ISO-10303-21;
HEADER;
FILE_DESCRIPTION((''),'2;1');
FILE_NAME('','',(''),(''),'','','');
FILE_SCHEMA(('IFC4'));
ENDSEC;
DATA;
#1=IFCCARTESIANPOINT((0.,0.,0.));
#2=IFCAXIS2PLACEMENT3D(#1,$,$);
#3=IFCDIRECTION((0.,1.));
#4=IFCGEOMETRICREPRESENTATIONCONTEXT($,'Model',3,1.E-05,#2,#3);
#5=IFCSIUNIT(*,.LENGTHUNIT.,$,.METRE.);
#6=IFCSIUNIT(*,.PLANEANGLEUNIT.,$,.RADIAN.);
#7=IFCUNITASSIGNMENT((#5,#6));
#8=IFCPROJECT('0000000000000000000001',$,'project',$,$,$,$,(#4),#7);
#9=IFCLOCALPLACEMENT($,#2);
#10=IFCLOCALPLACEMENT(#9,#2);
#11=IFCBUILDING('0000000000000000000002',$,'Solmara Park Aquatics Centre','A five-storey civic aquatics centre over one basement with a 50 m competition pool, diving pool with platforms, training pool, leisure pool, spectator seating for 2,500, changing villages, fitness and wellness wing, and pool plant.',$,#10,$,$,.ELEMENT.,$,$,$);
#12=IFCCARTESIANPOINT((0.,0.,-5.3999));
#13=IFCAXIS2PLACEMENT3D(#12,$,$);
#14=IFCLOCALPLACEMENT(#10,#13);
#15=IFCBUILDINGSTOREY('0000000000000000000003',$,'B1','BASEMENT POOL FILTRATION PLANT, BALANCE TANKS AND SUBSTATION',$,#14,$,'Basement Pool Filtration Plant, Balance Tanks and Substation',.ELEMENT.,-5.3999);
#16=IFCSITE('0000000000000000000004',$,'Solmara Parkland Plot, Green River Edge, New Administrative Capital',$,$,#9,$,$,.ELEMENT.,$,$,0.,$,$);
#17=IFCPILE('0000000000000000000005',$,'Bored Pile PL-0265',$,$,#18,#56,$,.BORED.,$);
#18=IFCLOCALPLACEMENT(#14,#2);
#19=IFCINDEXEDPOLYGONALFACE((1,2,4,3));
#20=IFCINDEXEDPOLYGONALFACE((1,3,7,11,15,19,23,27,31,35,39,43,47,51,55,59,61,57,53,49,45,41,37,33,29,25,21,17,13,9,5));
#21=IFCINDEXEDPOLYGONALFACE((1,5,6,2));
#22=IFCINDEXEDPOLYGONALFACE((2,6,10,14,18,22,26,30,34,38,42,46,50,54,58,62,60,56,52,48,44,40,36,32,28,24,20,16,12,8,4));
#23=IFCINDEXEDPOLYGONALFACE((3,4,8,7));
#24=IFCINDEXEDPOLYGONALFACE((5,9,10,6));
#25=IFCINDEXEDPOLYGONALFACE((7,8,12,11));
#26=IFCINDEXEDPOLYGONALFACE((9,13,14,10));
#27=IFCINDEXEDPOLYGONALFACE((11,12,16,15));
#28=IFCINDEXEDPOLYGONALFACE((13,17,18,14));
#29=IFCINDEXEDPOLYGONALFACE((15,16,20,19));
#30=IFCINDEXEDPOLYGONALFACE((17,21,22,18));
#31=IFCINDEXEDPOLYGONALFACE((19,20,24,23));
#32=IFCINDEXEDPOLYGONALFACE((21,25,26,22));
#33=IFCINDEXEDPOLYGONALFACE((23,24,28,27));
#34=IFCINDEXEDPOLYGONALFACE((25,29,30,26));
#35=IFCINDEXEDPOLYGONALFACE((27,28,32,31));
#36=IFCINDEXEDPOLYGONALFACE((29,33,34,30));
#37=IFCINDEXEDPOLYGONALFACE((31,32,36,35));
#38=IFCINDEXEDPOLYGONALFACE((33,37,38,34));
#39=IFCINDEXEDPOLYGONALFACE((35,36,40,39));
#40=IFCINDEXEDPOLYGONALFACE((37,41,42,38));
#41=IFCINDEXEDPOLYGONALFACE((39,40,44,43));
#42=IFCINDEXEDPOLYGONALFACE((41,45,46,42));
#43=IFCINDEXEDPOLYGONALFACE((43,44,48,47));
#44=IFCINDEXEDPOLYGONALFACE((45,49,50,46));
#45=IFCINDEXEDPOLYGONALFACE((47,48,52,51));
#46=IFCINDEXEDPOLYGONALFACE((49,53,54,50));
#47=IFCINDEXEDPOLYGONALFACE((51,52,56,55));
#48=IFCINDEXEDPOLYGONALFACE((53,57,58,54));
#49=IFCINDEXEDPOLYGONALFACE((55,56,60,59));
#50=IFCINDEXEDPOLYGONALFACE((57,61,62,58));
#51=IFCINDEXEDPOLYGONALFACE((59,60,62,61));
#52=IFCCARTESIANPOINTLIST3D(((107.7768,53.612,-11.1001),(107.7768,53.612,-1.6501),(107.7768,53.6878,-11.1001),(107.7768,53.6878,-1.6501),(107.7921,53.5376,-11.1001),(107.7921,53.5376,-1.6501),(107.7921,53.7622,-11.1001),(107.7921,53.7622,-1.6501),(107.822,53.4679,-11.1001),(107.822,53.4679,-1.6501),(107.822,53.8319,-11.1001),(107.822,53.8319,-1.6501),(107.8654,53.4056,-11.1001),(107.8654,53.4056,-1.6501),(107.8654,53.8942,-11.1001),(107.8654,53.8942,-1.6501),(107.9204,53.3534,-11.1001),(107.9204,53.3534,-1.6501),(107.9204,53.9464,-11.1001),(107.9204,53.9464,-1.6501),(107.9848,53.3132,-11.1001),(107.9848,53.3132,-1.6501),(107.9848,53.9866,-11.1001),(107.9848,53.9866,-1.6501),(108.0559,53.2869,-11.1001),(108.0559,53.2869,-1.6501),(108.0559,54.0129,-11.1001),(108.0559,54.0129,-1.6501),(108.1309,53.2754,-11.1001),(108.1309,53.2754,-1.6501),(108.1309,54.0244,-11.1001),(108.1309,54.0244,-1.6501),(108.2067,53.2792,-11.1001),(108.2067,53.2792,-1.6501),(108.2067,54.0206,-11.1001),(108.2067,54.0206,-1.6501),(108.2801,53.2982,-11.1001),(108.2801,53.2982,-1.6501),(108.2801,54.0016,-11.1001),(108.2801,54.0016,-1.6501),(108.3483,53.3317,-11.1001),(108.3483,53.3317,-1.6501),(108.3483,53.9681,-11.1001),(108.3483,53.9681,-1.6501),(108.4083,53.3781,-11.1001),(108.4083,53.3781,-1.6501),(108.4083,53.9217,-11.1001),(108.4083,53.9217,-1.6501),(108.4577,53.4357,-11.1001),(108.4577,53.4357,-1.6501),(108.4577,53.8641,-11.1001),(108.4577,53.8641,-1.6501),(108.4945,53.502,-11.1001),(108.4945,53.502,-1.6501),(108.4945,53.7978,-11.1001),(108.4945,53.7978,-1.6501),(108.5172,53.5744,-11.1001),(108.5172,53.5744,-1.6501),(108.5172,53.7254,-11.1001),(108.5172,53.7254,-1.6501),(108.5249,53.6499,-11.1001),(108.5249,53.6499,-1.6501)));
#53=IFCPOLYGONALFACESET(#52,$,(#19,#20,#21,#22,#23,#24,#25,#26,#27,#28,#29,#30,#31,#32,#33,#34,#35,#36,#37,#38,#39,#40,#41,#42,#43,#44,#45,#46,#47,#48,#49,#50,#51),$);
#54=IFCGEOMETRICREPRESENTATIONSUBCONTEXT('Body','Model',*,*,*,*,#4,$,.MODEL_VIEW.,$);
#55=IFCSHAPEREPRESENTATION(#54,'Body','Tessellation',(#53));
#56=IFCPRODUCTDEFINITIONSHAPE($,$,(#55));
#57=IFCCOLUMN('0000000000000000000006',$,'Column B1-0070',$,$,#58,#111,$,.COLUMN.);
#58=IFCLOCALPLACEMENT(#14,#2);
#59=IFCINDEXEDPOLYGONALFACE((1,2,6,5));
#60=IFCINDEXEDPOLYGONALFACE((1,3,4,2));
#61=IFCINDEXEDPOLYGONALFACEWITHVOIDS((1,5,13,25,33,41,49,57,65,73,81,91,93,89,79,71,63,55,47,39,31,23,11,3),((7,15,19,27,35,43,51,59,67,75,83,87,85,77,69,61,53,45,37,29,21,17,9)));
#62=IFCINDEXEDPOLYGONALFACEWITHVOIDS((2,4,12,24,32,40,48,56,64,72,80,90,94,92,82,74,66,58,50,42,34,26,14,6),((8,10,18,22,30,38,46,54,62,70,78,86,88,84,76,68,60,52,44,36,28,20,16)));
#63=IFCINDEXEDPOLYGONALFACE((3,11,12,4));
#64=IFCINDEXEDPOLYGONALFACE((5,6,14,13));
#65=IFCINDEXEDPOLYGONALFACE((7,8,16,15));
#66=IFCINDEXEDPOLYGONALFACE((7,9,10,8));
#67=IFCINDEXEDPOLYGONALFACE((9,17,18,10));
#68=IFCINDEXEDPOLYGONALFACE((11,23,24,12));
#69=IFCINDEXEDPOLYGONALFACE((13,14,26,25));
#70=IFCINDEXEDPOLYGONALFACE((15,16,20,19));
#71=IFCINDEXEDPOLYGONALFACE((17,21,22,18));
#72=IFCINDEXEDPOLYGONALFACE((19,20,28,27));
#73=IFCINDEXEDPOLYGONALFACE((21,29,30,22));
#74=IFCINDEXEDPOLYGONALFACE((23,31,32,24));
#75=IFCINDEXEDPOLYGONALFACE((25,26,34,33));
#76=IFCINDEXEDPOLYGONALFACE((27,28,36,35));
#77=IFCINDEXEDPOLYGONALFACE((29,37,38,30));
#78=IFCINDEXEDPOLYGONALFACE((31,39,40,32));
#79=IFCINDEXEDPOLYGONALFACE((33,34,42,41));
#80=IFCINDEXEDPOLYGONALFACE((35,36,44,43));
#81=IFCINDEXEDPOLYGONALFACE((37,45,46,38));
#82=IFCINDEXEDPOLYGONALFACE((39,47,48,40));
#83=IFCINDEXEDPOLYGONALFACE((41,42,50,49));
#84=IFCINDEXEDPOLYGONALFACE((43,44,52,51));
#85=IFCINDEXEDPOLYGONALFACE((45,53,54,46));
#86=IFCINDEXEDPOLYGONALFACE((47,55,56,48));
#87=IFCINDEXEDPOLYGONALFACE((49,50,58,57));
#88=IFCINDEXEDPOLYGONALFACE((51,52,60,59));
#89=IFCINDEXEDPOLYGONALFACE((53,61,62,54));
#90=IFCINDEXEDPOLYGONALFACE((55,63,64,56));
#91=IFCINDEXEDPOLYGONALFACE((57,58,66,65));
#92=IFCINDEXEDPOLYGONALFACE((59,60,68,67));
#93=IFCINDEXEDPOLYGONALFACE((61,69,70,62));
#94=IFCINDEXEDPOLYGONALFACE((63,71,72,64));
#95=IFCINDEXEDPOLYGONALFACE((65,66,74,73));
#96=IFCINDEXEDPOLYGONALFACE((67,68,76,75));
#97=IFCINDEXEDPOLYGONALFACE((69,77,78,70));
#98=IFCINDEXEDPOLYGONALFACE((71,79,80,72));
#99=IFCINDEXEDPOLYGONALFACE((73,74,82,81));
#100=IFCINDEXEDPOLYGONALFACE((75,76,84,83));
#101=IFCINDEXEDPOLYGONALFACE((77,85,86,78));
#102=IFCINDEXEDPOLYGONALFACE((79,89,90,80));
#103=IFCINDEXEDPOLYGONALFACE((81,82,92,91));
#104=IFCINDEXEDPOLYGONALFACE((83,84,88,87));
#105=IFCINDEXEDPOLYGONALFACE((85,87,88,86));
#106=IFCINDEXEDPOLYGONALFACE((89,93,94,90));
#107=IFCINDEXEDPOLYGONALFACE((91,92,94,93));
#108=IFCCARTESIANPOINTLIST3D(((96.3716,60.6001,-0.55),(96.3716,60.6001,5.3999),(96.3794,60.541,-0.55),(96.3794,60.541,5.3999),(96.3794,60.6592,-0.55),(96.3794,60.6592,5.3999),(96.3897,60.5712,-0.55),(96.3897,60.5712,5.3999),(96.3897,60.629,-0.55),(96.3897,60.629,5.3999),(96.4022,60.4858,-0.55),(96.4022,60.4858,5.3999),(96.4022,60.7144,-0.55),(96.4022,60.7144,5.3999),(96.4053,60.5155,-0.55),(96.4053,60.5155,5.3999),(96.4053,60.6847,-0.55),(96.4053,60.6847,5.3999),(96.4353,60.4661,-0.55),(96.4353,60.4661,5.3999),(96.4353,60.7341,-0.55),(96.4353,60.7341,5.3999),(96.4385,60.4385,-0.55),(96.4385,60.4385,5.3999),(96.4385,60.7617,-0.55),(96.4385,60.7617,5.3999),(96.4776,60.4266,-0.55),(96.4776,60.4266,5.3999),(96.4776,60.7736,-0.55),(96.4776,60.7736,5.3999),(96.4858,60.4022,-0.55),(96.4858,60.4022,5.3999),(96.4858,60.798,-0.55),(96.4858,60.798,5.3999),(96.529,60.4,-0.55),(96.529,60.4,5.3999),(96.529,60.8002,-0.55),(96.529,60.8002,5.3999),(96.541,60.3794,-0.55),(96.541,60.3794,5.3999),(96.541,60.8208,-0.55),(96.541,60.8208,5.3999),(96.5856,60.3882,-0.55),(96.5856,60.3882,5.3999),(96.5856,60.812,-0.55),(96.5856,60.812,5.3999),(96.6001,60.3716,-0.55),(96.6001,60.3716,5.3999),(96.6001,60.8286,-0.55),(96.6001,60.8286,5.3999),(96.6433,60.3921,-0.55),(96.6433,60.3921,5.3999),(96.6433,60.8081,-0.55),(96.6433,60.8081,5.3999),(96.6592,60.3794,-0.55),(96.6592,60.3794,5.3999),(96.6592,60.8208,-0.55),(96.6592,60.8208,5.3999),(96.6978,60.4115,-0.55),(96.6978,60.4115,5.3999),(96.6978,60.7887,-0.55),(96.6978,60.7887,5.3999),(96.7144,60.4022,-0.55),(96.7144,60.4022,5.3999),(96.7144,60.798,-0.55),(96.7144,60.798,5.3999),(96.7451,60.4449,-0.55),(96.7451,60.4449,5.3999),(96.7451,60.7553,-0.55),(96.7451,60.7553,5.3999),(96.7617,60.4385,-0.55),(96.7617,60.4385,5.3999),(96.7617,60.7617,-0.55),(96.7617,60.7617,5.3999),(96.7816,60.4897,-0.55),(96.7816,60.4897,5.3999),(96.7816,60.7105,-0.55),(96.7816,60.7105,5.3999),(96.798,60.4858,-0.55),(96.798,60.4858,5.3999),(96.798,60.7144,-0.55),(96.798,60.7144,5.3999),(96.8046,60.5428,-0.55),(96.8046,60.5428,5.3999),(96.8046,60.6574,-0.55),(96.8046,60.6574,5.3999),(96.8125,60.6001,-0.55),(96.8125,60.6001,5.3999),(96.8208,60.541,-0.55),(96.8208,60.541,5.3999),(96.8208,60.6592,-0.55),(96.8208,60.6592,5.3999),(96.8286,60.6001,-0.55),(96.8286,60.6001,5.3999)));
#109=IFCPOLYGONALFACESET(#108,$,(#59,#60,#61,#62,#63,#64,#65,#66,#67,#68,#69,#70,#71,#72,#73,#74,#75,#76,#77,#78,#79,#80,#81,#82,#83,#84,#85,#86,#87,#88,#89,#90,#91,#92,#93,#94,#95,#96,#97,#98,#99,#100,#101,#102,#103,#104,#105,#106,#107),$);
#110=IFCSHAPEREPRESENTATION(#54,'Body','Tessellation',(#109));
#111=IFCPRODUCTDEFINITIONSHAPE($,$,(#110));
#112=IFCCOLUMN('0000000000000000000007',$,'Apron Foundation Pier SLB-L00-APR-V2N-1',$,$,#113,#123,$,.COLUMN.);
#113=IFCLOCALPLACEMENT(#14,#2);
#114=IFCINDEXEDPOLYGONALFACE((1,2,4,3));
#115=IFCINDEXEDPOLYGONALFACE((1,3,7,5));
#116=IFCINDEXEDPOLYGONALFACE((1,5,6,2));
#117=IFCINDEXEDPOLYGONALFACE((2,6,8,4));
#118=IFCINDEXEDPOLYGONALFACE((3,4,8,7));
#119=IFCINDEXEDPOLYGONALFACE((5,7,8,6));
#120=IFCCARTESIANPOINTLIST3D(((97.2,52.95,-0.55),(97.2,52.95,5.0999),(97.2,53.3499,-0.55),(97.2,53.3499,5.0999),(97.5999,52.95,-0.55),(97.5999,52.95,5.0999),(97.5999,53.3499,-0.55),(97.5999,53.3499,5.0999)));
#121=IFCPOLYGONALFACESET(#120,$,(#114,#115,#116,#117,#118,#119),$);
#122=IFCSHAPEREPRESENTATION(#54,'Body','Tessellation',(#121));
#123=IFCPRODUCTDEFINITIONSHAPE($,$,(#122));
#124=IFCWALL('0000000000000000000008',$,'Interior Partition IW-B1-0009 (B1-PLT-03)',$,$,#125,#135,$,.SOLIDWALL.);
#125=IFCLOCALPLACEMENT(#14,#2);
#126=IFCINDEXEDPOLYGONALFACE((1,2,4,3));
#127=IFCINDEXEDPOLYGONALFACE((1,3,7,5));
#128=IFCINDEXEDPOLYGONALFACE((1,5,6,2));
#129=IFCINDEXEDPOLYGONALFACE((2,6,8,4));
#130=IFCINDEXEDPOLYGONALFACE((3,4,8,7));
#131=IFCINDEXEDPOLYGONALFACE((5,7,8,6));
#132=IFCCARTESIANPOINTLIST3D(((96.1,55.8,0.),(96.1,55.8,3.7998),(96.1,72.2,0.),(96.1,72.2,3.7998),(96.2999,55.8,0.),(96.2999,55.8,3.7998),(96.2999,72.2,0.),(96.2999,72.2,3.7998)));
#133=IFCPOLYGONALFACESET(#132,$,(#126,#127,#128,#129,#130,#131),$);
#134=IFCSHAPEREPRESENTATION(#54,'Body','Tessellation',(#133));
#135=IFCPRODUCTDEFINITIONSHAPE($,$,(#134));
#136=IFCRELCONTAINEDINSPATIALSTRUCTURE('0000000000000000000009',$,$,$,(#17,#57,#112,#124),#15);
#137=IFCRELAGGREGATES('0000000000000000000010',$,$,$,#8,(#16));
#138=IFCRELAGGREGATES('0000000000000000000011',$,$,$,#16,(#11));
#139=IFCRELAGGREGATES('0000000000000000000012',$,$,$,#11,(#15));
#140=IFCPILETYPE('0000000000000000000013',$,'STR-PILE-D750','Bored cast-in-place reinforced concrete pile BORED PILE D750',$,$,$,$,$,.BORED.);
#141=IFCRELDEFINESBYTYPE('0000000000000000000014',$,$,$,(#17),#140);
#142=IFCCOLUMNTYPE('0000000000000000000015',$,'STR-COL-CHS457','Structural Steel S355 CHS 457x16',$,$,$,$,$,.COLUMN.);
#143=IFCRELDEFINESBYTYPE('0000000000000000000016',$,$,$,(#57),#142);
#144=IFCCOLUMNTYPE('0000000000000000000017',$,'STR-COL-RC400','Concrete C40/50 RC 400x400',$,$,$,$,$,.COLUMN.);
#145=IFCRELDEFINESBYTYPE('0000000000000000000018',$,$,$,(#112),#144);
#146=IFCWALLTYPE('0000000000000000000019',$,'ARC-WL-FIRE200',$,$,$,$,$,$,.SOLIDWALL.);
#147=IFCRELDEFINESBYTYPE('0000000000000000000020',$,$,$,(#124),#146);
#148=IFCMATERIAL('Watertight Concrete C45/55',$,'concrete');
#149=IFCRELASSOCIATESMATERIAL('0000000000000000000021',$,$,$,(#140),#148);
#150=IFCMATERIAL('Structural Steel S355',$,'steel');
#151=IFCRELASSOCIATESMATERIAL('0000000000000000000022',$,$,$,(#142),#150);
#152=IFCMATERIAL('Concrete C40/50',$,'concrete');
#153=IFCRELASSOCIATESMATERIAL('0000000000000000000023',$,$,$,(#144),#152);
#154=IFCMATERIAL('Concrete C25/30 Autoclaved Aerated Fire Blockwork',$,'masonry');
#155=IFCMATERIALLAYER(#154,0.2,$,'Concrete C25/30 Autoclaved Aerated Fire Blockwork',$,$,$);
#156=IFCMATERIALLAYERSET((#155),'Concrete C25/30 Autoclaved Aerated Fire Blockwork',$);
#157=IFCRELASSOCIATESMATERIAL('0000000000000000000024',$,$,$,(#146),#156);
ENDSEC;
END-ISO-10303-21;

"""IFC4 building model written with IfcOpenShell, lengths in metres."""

from ifc_helpers import new_model, si_unit, direction, frame, frame_2d, origin, origin_2d, place, context, subcontext, project, spatial, rectangle, circle, hollow_circle, extrude, material, layer, layer_set, material_profile, profile_set, type_object, element, save


model = new_model("IFC4")

# Units and contexts
model_context = context("Model", 3, precision=1e-05, world=origin(), true_north=direction((0.0, 1.0)))
body_context = subcontext(model_context, "Body", "Model", "MODEL_VIEW")
ifc_project = project(units=[si_unit("LENGTHUNIT", "METRE"), si_unit("PLANEANGLEUNIT", "RADIAN")], contexts=[model_context])

# Site, building, storey
site_placement = place(None, origin())
site = spatial("IfcSite", under=ifc_project, at=site_placement, Name="Solmara Parkland Plot, Green River Edge, New Administrative Capital", CompositionType="ELEMENT", RefElevation=0.0)
building_placement = place(site_placement, origin())
building = spatial("IfcBuilding", under=site, at=building_placement, Name="Solmara Park Aquatics Centre", Description="A five-storey civic aquatics centre over one basement with a 50 m competition pool, diving pool with platforms, training pool, leisure pool, spectator seating for 2,500, changing villages, fitness and wellness wing, and pool plant.", CompositionType="ELEMENT")
storey_placement = place(building_placement, frame((0.0, 0.0, -5.3999)))
storey = spatial("IfcBuildingStorey", under=building, at=storey_placement, Name="B1", Description="BASEMENT POOL FILTRATION PLANT, BALANCE TANKS AND SUBSTATION", LongName="Basement Pool Filtration Plant, Balance Tanks and Substation", CompositionType="ELEMENT", Elevation=-5.3999)

# Shared definitions
ifc_material_1 = material(Name="Watertight Concrete C45/55", Category="concrete")

# Pile
ifc_material_profile_1 = material_profile(ifc_material_1, circle(Radius=0.375, at=origin_2d()), Name="BORED PILE D750")
ifc_profile_set_1 = profile_set([ifc_material_profile_1], Name="Watertight Concrete C45/55")
pile_type_1 = type_object("IfcPileType", Name="STR-PILE-D750", Description="Bored cast-in-place reinforced concrete pile BORED PILE D750", PredefinedType="BORED", material=ifc_profile_set_1)
for number, where, z_axis, x_axis, name in (
    (1, (108.1499, 53.6499, -1.6501), (0.0, 0.0, -1.0), (1.0, 0.0, 0.0), "Bored Pile PL-0265"),
):
    element("IfcPile", number, at=place(storey_placement, frame(where, z_axis=z_axis, x_axis=x_axis)), inside=storey, type_object=pile_type_1, Name=name, PredefinedType="BORED", context=body_context, shape_type="SweptSolid", body=[
        extrude(circle(Radius=0.375, at=origin_2d()), origin(), (0.0, 0.0, 1.0), 9.45),
    ])

# Columns
ifc_material_2 = material(Name="Structural Steel S355", Category="steel")
ifc_material_profile_2 = material_profile(ifc_material_2, hollow_circle(Radius=0.2285, WallThickness=0.0161, at=origin_2d()), Name="CHS 457x16")
ifc_profile_set_2 = profile_set([ifc_material_profile_2], Name="Structural Steel S355")
column_type_1 = type_object("IfcColumnType", Name="STR-COL-CHS457", Description="Structural Steel S355 CHS 457x16", PredefinedType="COLUMN", material=ifc_profile_set_2)
column_1_placement = place(storey_placement, frame((96.6001, 60.6001, -0.55), z_axis=(0.0, 0.0, 1.0), x_axis=(1.0, 0.0, 0.0)))
element("IfcColumn", 2, at=column_1_placement, inside=storey, type_object=column_type_1, Name="Column B1-0070", PredefinedType="COLUMN", context=body_context, shape_type="SweptSolid", body=[
    extrude(hollow_circle(Radius=0.2285, WallThickness=0.0161, at=origin_2d()), origin(), (0.0, 0.0, 1.0), 5.95),
])
ifc_material_3 = material(Name="Concrete C40/50", Category="concrete")
ifc_material_profile_3 = material_profile(ifc_material_3, rectangle(XDim=0.3999, YDim=0.3999, at=origin_2d()), Name="RC 400x400")
ifc_profile_set_3 = profile_set([ifc_material_profile_3], Name="Concrete C40/50")
column_type_2 = type_object("IfcColumnType", Name="STR-COL-RC400", Description="Concrete C40/50 RC 400x400", PredefinedType="COLUMN", material=ifc_profile_set_3)
column_2_placement = place(storey_placement, frame((97.3999, 53.1499, -0.55), z_axis=(0.0, 0.0, 1.0), x_axis=(1.0, 0.0, 0.0)))
element("IfcColumn", 3, at=column_2_placement, inside=storey, type_object=column_type_2, Name="Apron Foundation Pier SLB-L00-APR-V2N-1", PredefinedType="COLUMN", context=body_context, shape_type="SweptSolid", body=[
    extrude(rectangle(XDim=0.3999, YDim=0.3999, at=origin_2d()), origin(), (0.0, 0.0, 1.0), 5.6499),
])

# Wall
ifc_material_4 = material(Name="Concrete C25/30 Autoclaved Aerated Fire Blockwork", Category="masonry")
ifc_layer = layer(ifc_material_4, 0.2, Name="Concrete C25/30 Autoclaved Aerated Fire Blockwork")
ifc_layer_set = layer_set([ifc_layer], Name="Concrete C25/30 Autoclaved Aerated Fire Blockwork")
wall_type = type_object("IfcWallType", Name="ARC-WL-FIRE200", PredefinedType="SOLIDWALL", material=ifc_layer_set)
wall_placement = place(storey_placement, frame((96.2, 55.8, 0.0), z_axis=(0.0, 0.0, 1.0), x_axis=(0.0, 1.0, 0.0)))
element("IfcWall", 4, at=wall_placement, inside=storey, type_object=wall_type, Name="Interior Partition IW-B1-0009 (B1-PLT-03)", PredefinedType="SOLIDWALL", context=body_context, shape_type="SweptSolid", body=[
    extrude(rectangle(XDim=16.3999, YDim=0.2, at=frame_2d((8.2, 0.0))), origin(), (0.0, 0.0, 1.0), 3.7998),
])

save(model, "model.ifc")
